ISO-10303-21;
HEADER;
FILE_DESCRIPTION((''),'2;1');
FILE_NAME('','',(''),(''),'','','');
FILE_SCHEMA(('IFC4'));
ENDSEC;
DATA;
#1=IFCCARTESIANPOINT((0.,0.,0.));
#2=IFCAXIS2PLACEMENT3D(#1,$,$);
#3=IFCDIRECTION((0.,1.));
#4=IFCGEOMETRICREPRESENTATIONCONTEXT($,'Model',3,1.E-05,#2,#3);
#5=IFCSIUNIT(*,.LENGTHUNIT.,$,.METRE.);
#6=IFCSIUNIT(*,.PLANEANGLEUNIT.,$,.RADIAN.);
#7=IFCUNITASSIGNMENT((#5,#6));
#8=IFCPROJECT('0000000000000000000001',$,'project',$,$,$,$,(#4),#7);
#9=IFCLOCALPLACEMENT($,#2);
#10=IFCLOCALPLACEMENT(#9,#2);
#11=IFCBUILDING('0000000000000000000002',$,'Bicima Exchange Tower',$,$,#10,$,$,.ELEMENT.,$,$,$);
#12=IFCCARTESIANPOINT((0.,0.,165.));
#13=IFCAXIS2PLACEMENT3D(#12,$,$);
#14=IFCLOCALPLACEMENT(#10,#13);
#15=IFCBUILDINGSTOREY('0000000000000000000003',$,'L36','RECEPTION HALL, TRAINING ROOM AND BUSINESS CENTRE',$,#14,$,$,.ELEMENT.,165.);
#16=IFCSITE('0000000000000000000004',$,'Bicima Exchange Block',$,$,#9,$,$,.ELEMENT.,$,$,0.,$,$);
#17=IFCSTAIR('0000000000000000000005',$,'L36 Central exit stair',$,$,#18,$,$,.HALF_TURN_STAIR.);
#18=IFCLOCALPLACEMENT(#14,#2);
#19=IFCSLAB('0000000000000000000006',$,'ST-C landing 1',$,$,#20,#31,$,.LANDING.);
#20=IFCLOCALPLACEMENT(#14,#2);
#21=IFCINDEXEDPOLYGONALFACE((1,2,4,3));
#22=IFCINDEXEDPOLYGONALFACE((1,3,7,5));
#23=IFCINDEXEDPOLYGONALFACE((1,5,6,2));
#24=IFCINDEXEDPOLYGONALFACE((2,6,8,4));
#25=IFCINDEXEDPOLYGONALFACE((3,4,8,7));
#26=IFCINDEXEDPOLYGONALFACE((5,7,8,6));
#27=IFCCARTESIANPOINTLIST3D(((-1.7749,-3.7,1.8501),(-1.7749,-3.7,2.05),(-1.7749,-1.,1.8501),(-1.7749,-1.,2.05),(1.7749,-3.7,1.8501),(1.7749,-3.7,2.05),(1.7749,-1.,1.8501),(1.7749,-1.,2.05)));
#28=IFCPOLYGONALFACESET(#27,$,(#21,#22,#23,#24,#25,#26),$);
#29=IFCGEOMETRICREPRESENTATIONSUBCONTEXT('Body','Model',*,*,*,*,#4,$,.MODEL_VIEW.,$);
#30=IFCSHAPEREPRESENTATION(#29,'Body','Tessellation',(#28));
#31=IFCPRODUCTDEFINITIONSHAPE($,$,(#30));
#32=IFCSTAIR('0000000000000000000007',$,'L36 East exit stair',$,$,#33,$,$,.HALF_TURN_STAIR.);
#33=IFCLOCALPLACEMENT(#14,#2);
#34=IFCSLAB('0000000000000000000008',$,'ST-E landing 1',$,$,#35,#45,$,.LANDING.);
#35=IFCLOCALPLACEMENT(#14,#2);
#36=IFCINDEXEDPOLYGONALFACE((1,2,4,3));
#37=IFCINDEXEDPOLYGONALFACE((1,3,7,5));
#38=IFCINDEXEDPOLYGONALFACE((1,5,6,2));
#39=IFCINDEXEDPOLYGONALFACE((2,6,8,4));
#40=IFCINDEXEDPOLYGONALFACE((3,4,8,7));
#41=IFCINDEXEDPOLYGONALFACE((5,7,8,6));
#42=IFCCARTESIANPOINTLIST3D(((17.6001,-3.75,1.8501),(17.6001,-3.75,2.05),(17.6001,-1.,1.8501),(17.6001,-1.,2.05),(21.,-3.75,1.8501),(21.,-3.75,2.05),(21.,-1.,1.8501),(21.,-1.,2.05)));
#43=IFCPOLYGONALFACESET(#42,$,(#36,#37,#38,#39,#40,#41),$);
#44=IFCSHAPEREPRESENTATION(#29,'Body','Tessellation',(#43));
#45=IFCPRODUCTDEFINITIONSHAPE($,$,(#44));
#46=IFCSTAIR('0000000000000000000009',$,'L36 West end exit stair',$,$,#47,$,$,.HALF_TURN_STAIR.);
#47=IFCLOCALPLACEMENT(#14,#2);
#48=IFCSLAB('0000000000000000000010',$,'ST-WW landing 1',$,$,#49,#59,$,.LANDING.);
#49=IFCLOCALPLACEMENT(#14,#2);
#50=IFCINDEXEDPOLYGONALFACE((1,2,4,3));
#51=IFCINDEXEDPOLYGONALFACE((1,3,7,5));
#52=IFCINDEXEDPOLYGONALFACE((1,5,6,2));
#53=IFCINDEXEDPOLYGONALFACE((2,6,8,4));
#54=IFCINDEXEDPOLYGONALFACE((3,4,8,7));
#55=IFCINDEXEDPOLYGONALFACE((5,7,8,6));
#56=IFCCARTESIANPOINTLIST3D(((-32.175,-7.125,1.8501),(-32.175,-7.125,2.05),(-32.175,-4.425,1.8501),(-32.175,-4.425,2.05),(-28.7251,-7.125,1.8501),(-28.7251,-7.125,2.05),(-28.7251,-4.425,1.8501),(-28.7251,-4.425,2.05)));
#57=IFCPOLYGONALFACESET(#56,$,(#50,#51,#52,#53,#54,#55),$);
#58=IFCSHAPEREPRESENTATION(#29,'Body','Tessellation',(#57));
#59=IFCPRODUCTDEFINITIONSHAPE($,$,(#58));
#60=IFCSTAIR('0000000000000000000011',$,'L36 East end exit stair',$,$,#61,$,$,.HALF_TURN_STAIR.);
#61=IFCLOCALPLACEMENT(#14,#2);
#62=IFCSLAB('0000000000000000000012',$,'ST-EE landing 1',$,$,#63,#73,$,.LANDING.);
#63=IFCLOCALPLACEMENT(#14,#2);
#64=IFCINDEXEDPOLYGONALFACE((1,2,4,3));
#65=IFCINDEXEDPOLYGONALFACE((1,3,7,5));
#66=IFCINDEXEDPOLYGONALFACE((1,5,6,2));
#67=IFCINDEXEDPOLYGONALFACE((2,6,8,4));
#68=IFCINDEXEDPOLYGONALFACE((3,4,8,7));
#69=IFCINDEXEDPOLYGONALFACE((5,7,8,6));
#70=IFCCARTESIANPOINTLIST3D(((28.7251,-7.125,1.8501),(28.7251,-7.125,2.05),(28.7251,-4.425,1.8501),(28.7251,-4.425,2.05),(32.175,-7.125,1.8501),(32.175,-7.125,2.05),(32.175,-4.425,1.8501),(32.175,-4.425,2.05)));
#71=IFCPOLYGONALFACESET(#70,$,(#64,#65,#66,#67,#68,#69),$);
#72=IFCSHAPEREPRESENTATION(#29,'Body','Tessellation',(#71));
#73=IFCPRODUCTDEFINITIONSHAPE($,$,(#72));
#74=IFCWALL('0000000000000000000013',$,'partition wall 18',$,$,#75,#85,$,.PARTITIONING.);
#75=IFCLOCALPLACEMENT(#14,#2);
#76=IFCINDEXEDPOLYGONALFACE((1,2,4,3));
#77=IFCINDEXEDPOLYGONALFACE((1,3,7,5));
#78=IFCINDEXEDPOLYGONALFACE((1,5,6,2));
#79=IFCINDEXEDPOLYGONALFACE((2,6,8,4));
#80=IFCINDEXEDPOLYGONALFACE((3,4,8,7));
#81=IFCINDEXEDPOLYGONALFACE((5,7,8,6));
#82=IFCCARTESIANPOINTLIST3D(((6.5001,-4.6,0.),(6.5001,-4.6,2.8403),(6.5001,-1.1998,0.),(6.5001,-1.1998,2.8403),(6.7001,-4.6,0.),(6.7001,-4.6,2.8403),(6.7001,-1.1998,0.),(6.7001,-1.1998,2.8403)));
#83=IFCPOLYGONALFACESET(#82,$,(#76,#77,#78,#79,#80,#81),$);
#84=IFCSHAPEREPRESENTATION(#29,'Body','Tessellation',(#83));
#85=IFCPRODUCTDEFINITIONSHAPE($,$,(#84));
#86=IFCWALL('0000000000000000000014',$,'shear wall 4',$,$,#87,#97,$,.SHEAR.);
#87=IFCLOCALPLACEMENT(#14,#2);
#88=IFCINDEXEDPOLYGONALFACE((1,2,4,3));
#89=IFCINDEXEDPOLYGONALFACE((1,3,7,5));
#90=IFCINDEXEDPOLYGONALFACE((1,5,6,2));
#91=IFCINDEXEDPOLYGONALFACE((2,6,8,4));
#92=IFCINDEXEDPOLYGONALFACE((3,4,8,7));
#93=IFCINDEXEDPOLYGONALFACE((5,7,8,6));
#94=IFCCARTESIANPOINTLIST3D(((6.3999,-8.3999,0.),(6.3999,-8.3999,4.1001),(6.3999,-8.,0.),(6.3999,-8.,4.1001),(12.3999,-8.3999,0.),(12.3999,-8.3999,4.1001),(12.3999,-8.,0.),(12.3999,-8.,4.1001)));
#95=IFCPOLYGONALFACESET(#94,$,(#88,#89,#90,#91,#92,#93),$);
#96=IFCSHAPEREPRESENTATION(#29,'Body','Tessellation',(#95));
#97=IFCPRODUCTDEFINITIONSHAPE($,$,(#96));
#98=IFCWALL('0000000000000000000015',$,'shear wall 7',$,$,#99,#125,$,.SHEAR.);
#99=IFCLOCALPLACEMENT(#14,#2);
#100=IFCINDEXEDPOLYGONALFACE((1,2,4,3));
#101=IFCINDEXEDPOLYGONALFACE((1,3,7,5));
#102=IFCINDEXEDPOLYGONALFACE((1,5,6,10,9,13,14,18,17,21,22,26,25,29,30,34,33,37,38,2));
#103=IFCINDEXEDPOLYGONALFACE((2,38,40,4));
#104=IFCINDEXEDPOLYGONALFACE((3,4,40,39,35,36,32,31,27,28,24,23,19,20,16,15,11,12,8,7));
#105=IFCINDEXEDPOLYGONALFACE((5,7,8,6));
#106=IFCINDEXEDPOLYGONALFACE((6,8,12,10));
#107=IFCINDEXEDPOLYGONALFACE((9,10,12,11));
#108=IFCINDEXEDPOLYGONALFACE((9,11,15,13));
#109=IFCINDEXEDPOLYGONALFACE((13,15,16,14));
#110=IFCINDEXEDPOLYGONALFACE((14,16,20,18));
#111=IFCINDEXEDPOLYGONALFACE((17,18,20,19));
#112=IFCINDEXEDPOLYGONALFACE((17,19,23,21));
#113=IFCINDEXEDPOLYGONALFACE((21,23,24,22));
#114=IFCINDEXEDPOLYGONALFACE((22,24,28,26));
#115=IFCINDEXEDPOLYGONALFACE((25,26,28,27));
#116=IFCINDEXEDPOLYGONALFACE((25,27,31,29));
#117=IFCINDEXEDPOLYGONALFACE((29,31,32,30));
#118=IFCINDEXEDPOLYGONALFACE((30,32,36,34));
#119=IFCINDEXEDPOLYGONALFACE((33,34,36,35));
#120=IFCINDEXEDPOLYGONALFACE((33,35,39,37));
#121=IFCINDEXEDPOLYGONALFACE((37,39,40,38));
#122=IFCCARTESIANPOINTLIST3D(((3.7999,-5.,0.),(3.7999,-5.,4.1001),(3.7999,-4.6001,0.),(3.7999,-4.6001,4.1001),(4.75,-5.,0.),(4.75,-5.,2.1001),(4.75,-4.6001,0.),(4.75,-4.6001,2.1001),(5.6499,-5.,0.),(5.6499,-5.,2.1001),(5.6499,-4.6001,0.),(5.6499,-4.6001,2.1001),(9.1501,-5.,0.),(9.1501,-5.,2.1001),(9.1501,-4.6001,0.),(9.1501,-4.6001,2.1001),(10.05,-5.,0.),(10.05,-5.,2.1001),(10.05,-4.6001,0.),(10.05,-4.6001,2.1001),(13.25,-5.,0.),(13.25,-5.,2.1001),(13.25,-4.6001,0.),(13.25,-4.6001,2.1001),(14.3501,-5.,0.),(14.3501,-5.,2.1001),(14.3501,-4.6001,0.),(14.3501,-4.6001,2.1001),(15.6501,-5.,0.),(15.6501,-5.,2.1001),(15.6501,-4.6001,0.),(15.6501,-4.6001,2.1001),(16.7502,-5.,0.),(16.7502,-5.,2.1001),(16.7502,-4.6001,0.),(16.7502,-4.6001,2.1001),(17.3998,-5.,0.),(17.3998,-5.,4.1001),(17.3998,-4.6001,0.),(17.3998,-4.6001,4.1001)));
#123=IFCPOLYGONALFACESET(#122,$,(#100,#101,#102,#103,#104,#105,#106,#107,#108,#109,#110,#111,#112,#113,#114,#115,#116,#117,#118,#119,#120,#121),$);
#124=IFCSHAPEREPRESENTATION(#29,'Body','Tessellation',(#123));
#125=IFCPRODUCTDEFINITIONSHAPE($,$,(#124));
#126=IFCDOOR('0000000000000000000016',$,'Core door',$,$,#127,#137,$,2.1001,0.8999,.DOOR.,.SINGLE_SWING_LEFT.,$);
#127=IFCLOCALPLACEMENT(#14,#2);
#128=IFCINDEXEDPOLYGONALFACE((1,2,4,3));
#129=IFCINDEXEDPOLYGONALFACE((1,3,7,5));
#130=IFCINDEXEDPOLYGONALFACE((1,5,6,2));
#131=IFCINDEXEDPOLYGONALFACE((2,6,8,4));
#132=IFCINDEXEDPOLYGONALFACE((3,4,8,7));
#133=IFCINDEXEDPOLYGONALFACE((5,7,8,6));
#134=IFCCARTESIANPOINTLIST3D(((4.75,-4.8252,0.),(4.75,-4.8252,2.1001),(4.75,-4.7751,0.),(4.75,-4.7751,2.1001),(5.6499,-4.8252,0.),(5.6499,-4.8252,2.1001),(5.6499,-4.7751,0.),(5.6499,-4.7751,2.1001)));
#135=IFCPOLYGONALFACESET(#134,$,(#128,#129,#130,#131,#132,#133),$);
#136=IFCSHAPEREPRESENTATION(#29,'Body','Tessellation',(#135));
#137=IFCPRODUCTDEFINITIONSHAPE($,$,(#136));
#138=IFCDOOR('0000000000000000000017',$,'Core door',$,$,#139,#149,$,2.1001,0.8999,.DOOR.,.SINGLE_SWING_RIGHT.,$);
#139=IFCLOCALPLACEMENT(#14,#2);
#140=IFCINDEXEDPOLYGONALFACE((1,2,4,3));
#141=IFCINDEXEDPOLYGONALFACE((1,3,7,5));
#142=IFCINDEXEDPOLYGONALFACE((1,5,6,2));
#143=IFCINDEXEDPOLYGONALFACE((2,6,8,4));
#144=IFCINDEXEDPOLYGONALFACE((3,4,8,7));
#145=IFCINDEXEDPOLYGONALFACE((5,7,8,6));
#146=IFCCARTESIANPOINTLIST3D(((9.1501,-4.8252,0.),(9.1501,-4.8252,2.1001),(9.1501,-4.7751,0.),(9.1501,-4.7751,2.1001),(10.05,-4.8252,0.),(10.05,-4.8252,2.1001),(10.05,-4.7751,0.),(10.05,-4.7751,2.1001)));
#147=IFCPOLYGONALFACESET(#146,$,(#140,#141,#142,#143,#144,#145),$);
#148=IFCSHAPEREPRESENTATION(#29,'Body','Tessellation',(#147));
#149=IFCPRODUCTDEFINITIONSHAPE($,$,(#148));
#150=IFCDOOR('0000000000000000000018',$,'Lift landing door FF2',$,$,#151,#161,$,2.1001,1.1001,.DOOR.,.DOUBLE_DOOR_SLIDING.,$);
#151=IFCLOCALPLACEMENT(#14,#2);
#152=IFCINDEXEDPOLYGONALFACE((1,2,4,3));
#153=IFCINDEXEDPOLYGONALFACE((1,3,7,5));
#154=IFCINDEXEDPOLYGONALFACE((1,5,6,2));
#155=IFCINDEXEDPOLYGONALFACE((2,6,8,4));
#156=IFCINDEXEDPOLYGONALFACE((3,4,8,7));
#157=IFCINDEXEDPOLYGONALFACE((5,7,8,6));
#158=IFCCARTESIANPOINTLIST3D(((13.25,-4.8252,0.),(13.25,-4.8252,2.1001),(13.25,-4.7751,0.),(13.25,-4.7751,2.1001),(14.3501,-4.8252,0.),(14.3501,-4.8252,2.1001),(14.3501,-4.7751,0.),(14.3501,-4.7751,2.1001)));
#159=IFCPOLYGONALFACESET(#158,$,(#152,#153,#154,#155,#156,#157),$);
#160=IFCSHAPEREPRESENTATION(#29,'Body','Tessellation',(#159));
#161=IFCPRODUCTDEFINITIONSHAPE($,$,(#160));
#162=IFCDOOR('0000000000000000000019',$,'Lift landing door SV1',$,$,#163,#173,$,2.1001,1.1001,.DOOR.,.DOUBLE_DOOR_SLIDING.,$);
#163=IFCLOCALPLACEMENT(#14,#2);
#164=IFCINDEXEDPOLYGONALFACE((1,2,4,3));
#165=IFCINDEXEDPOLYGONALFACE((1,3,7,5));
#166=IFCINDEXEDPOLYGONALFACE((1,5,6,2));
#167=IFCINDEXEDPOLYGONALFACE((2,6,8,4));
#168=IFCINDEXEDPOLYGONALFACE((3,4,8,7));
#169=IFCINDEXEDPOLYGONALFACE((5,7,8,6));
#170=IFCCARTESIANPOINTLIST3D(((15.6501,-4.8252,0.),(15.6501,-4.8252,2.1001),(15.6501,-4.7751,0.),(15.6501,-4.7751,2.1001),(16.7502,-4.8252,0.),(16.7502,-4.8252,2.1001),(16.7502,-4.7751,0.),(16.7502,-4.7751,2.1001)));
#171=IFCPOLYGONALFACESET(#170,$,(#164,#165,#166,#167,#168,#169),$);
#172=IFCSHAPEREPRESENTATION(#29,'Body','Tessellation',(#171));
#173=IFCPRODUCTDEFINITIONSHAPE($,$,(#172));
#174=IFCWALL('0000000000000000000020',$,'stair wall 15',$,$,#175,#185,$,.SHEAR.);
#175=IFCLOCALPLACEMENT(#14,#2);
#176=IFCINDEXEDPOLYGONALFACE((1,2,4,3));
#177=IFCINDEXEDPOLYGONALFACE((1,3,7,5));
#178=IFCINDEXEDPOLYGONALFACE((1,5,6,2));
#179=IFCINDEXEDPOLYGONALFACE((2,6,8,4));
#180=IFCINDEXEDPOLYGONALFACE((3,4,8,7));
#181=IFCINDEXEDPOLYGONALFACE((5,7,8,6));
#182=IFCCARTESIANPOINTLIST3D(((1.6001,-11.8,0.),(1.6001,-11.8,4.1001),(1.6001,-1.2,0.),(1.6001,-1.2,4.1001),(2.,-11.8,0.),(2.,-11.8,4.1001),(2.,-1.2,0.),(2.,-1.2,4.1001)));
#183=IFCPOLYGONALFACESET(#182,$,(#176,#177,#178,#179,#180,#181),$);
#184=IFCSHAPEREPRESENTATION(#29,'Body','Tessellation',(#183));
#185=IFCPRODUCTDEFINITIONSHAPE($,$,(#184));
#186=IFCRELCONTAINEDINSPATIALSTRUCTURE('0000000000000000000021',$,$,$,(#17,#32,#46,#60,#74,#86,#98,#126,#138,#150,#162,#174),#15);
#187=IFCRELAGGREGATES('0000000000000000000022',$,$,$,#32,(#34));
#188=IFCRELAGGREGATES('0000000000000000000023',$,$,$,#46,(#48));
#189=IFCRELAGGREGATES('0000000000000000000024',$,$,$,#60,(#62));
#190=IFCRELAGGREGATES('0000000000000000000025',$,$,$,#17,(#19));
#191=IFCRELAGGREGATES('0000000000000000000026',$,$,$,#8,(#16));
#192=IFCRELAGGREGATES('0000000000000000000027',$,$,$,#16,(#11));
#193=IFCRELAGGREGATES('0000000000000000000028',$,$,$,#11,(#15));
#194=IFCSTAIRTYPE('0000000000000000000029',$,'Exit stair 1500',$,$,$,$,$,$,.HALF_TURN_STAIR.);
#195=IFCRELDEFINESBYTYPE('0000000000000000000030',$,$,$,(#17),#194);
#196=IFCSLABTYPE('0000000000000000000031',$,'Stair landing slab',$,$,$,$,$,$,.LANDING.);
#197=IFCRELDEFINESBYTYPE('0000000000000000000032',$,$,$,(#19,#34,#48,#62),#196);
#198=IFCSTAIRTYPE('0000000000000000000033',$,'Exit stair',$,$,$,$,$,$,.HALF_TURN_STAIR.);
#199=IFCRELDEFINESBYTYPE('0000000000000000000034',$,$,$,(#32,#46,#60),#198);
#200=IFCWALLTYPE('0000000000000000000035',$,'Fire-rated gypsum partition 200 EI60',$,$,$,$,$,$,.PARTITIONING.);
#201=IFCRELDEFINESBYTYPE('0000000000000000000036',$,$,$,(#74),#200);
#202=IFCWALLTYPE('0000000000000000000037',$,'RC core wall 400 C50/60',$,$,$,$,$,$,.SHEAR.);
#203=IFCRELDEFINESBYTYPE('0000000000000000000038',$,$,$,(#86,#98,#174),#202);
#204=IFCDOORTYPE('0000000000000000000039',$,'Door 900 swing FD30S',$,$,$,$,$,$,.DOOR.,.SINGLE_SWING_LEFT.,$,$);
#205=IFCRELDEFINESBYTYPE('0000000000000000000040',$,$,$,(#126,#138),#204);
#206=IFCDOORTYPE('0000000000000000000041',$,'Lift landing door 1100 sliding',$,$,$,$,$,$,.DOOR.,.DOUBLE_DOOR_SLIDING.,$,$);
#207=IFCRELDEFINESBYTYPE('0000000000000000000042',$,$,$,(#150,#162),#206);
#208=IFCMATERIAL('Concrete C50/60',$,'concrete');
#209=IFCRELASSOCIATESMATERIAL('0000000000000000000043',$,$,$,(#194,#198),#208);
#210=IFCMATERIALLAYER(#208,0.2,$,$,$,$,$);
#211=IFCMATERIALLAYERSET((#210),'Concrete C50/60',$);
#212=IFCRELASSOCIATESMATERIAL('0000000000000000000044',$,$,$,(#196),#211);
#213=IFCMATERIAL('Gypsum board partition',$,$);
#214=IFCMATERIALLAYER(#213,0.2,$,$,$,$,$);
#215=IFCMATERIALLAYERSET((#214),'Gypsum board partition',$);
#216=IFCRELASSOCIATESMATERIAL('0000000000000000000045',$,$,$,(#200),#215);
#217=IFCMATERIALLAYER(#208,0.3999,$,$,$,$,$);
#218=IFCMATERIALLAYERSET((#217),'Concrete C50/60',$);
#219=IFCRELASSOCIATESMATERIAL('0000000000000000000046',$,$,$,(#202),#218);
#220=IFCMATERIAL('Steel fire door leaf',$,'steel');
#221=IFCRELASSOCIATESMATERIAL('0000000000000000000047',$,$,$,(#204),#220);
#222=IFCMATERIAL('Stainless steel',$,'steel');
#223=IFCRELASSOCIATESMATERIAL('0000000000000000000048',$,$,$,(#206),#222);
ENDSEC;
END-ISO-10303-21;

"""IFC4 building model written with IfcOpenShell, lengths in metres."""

from ifc_helpers import new_model, si_unit, direction, frame, frame_2d, origin, place, context, subcontext, project, spatial, polyline, rectangle, outline, extrude, material, layer, layer_set, type_object, element, fill, aggregate, save


model = new_model("IFC4")

# Units and contexts
model_context = context("Model", 3, precision=1e-05, world=origin(), true_north=direction((0.0, 1.0)))
body_context = subcontext(model_context, "Body", "Model", "MODEL_VIEW")
ifc_project = project(units=[si_unit("LENGTHUNIT", "METRE"), si_unit("PLANEANGLEUNIT", "RADIAN")], contexts=[model_context])

# Site, building, storey
site_placement = place(None, origin())
site = spatial("IfcSite", under=ifc_project, at=site_placement, Name="Bicima Exchange Block", CompositionType="ELEMENT", RefElevation=0.0)
building_placement = place(site_placement, origin())
building = spatial("IfcBuilding", under=site, at=building_placement, Name="Bicima Exchange Tower", CompositionType="ELEMENT")
storey_placement = place(building_placement, frame((0.0, 0.0, 165.0)))
storey = spatial("IfcBuildingStorey", under=building, at=storey_placement, Name="L36", Description="RECEPTION HALL, TRAINING ROOM AND BUSINESS CENTRE", CompositionType="ELEMENT", Elevation=165.0)

# Stairs, slabs
ifc_material_1 = material(Name="Concrete C50/60", Category="concrete")
stair_type_1 = type_object("IfcStairType", Name="Exit stair 1500", PredefinedType="HALF_TURN_STAIR", material=ifc_material_1)
stair_1_placement = place(storey_placement, origin())
stair_1 = element("IfcStair", 1, at=stair_1_placement, inside=storey, type_object=stair_type_1, Name="L36 Central exit stair", PredefinedType="HALF_TURN_STAIR")
ifc_layer_1 = layer(ifc_material_1, 0.2)
ifc_layer_set_1 = layer_set([ifc_layer_1], Name="Concrete C50/60")
slab_type = type_object("IfcSlabType", Name="Stair landing slab", PredefinedType="LANDING", material=ifc_layer_set_1)
slab_1_placement = place(storey_placement, frame((0.0, 0.0, 1.8501)))
slab_1 = element("IfcSlab", 2, at=slab_1_placement, type_object=slab_type, Name="ST-C landing 1", PredefinedType="LANDING", context=body_context, shape_type="SweptSolid", body=[
    extrude(outline(polyline([(1.7749, -3.7), (1.7749, -1.0), (-1.7749, -1.0), (-1.7749, -3.7), (1.7749, -3.7)])), origin(), (0.0, 0.0, 1.0), 0.2),
])
stair_type_2 = type_object("IfcStairType", Name="Exit stair", PredefinedType="HALF_TURN_STAIR", material=ifc_material_1)
stair_2_placement = place(storey_placement, origin())
stair_2 = element("IfcStair", 3, at=stair_2_placement, inside=storey, type_object=stair_type_2, Name="L36 East exit stair", PredefinedType="HALF_TURN_STAIR")
slab_2_placement = place(storey_placement, frame((0.0, 0.0, 1.8501)))
slab_2 = element("IfcSlab", 4, at=slab_2_placement, type_object=slab_type, Name="ST-E landing 1", PredefinedType="LANDING", context=body_context, shape_type="SweptSolid", body=[
    extrude(outline(polyline([(21.0, -3.75), (21.0, -1.0), (17.6001, -1.0), (17.6001, -3.75), (21.0, -3.75)])), origin(), (0.0, 0.0, 1.0), 0.2),
])
aggregate(stair_2, [slab_2])
stair_3_placement = place(storey_placement, origin())
stair_3 = element("IfcStair", 5, at=stair_3_placement, inside=storey, type_object=stair_type_2, Name="L36 West end exit stair", PredefinedType="HALF_TURN_STAIR")
slab_3_placement = place(storey_placement, frame((0.0, 0.0, 1.8501)))
slab_3 = element("IfcSlab", 6, at=slab_3_placement, type_object=slab_type, Name="ST-WW landing 1", PredefinedType="LANDING", context=body_context, shape_type="SweptSolid", body=[
    extrude(outline(polyline([(-28.7251, -7.125), (-28.7251, -4.425), (-32.175, -4.425), (-32.175, -7.125), (-28.7251, -7.125)])), origin(), (0.0, 0.0, 1.0), 0.2),
])
aggregate(stair_3, [slab_3])
stair_4_placement = place(storey_placement, origin())
stair_4 = element("IfcStair", 7, at=stair_4_placement, inside=storey, type_object=stair_type_2, Name="L36 East end exit stair", PredefinedType="HALF_TURN_STAIR")
slab_4_placement = place(storey_placement, frame((0.0, 0.0, 1.8501)))
slab_4 = element("IfcSlab", 8, at=slab_4_placement, type_object=slab_type, Name="ST-EE landing 1", PredefinedType="LANDING", context=body_context, shape_type="SweptSolid", body=[
    extrude(outline(polyline([(32.175, -7.125), (32.175, -4.425), (28.7251, -4.425), (28.7251, -7.125), (32.175, -7.125)])), origin(), (0.0, 0.0, 1.0), 0.2),
])
aggregate(stair_4, [slab_4])

# Walls
ifc_material_2 = material(Name="Gypsum board partition")
ifc_layer_2 = layer(ifc_material_2, 0.2)
ifc_layer_set_2 = layer_set([ifc_layer_2], Name="Gypsum board partition")
wall_type_1 = type_object("IfcWallType", Name="Fire-rated gypsum partition 200 EI60", PredefinedType="PARTITIONING", material=ifc_layer_set_2)
wall_1_placement = place(storey_placement, frame((6.6001, -4.6001, 0.0), z_axis=(0.0, 0.0, 1.0), x_axis=(0.0, 1.0, 0.0)))
element("IfcWall", 9, at=wall_1_placement, inside=storey, type_object=wall_type_1, Name="partition wall 18", PredefinedType="PARTITIONING", context=body_context, shape_type="SweptSolid", body=[
    extrude(rectangle(XDim=3.4001, YDim=0.2, at=frame_2d((1.7002, 0.0))), origin(), (0.0, 0.0, 1.0), 2.8403),
])
ifc_layer_3 = layer(ifc_material_1, 0.3999)
ifc_layer_set_3 = layer_set([ifc_layer_3], Name="Concrete C50/60")
wall_type_2 = type_object("IfcWallType", Name="RC core wall 400 C50/60", PredefinedType="SHEAR", material=ifc_layer_set_3)
wall_2_placement = place(storey_placement, frame((6.3999, -8.2, 0.0), z_axis=(0.0, 0.0, 1.0), x_axis=(1.0, 0.0, 0.0)))
element("IfcWall", 10, at=wall_2_placement, inside=storey, type_object=wall_type_2, Name="shear wall 4", PredefinedType="SHEAR", context=body_context, shape_type="SweptSolid", body=[
    extrude(rectangle(XDim=6.0, YDim=0.3999, at=frame_2d((3.0, 0.0))), origin(), (0.0, 0.0, 1.0), 4.1001),
])

# Wall, openings, doors
wall_3_placement = place(storey_placement, frame((3.8, -4.8, 0.0), z_axis=(0.0, 0.0, 1.0), x_axis=(1.0, 0.0, 0.0)))
wall_3 = element("IfcWall", 11, at=wall_3_placement, inside=storey, type_object=wall_type_2, Name="shear wall 7", PredefinedType="SHEAR", context=body_context, shape_type="SweptSolid", body=[
    extrude(rectangle(XDim=13.5999, YDim=0.3999, at=frame_2d((6.7998, 0.0))), origin(), (0.0, 0.0, 1.0), 4.1001),
])
opening_1_placement = place(wall_3_placement, frame((9.45, 0.0, 0.0)))
opening_1 = element("IfcOpeningElement", 12, at=opening_1_placement, cuts=wall_3, PredefinedType="OPENING", context=body_context, shape_type="SweptSolid", body=[
    extrude(rectangle(XDim=1.1001, YDim=2.1001, at=frame_2d((0.55, 1.05))), frame((0.0, 0.2119, 0.0), z_axis=(0.0, -1.0, 0.0), x_axis=(1.0, 0.0, 0.0)), (0.0, 0.0, 1.0), 0.4238),
])
opening_2_placement = place(wall_3_placement, frame((11.8501, 0.0, 0.0)))
opening_2 = element("IfcOpeningElement", 13, at=opening_2_placement, cuts=wall_3, PredefinedType="OPENING", context=body_context, shape_type="SweptSolid", body=[
    extrude(rectangle(XDim=1.1001, YDim=2.1001, at=frame_2d((0.55, 1.05))), frame((0.0, 0.2119, 0.0), z_axis=(0.0, -1.0, 0.0), x_axis=(1.0, 0.0, 0.0)), (0.0, 0.0, 1.0), 0.4238),
])
opening_3_placement = place(wall_3_placement, frame((0.95, 0.0, 0.0)))
opening_3 = element("IfcOpeningElement", 14, at=opening_3_placement, cuts=wall_3, PredefinedType="OPENING", context=body_context, shape_type="SweptSolid", body=[
    extrude(rectangle(XDim=0.8999, YDim=2.1001, at=frame_2d((0.45, 1.05))), frame((0.0, 0.2119, 0.0), z_axis=(0.0, -1.0, 0.0), x_axis=(1.0, 0.0, 0.0)), (0.0, 0.0, 1.0), 0.4238),
])
opening_4_placement = place(wall_3_placement, frame((5.3501, 0.0, 0.0)))
opening_4 = element("IfcOpeningElement", 15, at=opening_4_placement, cuts=wall_3, PredefinedType="OPENING", context=body_context, shape_type="SweptSolid", body=[
    extrude(rectangle(XDim=0.8999, YDim=2.1001, at=frame_2d((0.45, 1.05))), frame((0.0, 0.2119, 0.0), z_axis=(0.0, -1.0, 0.0), x_axis=(1.0, 0.0, 0.0)), (0.0, 0.0, 1.0), 0.4238),
])
ifc_material_3 = material(Name="Steel fire door leaf", Category="steel")
door_type_1 = type_object("IfcDoorType", Name="Door 900 swing FD30S", OperationType="SINGLE_SWING_LEFT", PredefinedType="DOOR", material=ifc_material_3)
door_1_placement = place(opening_3_placement, origin())
door_1 = element("IfcDoor", 16, at=door_1_placement, inside=storey, type_object=door_type_1, Name="Core door", OperationType="SINGLE_SWING_LEFT", OverallHeight=2.1001, OverallWidth=0.8999, PredefinedType="DOOR", context=body_context, shape_type="SweptSolid", body=[
    extrude(rectangle(XDim=0.8999, YDim=2.1001, at=frame_2d((0.45, 1.05))), frame((0.0, 0.0249, 0.0), z_axis=(0.0, -1.0, 0.0), x_axis=(1.0, 0.0, 0.0)), (0.0, 0.0, 1.0), 0.05),
])
fill(opening_3, door_1)
door_2_placement = place(opening_4_placement, origin())
door_2 = element("IfcDoor", 17, at=door_2_placement, inside=storey, type_object=door_type_1, Name="Core door", OperationType="SINGLE_SWING_RIGHT", OverallHeight=2.1001, OverallWidth=0.8999, PredefinedType="DOOR", context=body_context, shape_type="SweptSolid", body=[
    extrude(rectangle(XDim=0.8999, YDim=2.1001, at=frame_2d((0.45, 1.05))), frame((0.0, 0.0249, 0.0), z_axis=(0.0, -1.0, 0.0), x_axis=(1.0, 0.0, 0.0)), (0.0, 0.0, 1.0), 0.05),
])
fill(opening_4, door_2)
ifc_material_4 = material(Name="Stainless steel", Category="steel")
door_type_2 = type_object("IfcDoorType", Name="Lift landing door 1100 sliding", OperationType="DOUBLE_DOOR_SLIDING", PredefinedType="DOOR", material=ifc_material_4)
door_3_placement = place(opening_1_placement, origin())
door_3 = element("IfcDoor", 18, at=door_3_placement, inside=storey, type_object=door_type_2, Name="Lift landing door FF2", OperationType="DOUBLE_DOOR_SLIDING", OverallHeight=2.1001, OverallWidth=1.1001, PredefinedType="DOOR", context=body_context, shape_type="SweptSolid", body=[
    extrude(rectangle(XDim=1.1001, YDim=2.1001, at=frame_2d((0.55, 1.05))), frame((0.0, 0.0249, 0.0), z_axis=(0.0, -1.0, 0.0), x_axis=(1.0, 0.0, 0.0)), (0.0, 0.0, 1.0), 0.05),
])
fill(opening_1, door_3)
door_4_placement = place(opening_2_placement, origin())
door_4 = element("IfcDoor", 19, at=door_4_placement, inside=storey, type_object=door_type_2, Name="Lift landing door SV1", OperationType="DOUBLE_DOOR_SLIDING", OverallHeight=2.1001, OverallWidth=1.1001, PredefinedType="DOOR", context=body_context, shape_type="SweptSolid", body=[
    extrude(rectangle(XDim=1.1001, YDim=2.1001, at=frame_2d((0.55, 1.05))), frame((0.0, 0.0249, 0.0), z_axis=(0.0, -1.0, 0.0), x_axis=(1.0, 0.0, 0.0)), (0.0, 0.0, 1.0), 0.05),
])
fill(opening_2, door_4)

# Wall
wall_4_placement = place(storey_placement, frame((1.8, -11.8, 0.0), z_axis=(0.0, 0.0, 1.0), x_axis=(0.0, 1.0, 0.0)))
element("IfcWall", 20, at=wall_4_placement, inside=storey, type_object=wall_type_2, Name="stair wall 15", PredefinedType="SHEAR", context=body_context, shape_type="SweptSolid", body=[
    extrude(rectangle(XDim=10.6001, YDim=0.3999, at=frame_2d((5.3, 0.0))), origin(), (0.0, 0.0, 1.0), 4.1001),
])

aggregate(stair_1, [slab_1])

save(model, "model.ifc")
